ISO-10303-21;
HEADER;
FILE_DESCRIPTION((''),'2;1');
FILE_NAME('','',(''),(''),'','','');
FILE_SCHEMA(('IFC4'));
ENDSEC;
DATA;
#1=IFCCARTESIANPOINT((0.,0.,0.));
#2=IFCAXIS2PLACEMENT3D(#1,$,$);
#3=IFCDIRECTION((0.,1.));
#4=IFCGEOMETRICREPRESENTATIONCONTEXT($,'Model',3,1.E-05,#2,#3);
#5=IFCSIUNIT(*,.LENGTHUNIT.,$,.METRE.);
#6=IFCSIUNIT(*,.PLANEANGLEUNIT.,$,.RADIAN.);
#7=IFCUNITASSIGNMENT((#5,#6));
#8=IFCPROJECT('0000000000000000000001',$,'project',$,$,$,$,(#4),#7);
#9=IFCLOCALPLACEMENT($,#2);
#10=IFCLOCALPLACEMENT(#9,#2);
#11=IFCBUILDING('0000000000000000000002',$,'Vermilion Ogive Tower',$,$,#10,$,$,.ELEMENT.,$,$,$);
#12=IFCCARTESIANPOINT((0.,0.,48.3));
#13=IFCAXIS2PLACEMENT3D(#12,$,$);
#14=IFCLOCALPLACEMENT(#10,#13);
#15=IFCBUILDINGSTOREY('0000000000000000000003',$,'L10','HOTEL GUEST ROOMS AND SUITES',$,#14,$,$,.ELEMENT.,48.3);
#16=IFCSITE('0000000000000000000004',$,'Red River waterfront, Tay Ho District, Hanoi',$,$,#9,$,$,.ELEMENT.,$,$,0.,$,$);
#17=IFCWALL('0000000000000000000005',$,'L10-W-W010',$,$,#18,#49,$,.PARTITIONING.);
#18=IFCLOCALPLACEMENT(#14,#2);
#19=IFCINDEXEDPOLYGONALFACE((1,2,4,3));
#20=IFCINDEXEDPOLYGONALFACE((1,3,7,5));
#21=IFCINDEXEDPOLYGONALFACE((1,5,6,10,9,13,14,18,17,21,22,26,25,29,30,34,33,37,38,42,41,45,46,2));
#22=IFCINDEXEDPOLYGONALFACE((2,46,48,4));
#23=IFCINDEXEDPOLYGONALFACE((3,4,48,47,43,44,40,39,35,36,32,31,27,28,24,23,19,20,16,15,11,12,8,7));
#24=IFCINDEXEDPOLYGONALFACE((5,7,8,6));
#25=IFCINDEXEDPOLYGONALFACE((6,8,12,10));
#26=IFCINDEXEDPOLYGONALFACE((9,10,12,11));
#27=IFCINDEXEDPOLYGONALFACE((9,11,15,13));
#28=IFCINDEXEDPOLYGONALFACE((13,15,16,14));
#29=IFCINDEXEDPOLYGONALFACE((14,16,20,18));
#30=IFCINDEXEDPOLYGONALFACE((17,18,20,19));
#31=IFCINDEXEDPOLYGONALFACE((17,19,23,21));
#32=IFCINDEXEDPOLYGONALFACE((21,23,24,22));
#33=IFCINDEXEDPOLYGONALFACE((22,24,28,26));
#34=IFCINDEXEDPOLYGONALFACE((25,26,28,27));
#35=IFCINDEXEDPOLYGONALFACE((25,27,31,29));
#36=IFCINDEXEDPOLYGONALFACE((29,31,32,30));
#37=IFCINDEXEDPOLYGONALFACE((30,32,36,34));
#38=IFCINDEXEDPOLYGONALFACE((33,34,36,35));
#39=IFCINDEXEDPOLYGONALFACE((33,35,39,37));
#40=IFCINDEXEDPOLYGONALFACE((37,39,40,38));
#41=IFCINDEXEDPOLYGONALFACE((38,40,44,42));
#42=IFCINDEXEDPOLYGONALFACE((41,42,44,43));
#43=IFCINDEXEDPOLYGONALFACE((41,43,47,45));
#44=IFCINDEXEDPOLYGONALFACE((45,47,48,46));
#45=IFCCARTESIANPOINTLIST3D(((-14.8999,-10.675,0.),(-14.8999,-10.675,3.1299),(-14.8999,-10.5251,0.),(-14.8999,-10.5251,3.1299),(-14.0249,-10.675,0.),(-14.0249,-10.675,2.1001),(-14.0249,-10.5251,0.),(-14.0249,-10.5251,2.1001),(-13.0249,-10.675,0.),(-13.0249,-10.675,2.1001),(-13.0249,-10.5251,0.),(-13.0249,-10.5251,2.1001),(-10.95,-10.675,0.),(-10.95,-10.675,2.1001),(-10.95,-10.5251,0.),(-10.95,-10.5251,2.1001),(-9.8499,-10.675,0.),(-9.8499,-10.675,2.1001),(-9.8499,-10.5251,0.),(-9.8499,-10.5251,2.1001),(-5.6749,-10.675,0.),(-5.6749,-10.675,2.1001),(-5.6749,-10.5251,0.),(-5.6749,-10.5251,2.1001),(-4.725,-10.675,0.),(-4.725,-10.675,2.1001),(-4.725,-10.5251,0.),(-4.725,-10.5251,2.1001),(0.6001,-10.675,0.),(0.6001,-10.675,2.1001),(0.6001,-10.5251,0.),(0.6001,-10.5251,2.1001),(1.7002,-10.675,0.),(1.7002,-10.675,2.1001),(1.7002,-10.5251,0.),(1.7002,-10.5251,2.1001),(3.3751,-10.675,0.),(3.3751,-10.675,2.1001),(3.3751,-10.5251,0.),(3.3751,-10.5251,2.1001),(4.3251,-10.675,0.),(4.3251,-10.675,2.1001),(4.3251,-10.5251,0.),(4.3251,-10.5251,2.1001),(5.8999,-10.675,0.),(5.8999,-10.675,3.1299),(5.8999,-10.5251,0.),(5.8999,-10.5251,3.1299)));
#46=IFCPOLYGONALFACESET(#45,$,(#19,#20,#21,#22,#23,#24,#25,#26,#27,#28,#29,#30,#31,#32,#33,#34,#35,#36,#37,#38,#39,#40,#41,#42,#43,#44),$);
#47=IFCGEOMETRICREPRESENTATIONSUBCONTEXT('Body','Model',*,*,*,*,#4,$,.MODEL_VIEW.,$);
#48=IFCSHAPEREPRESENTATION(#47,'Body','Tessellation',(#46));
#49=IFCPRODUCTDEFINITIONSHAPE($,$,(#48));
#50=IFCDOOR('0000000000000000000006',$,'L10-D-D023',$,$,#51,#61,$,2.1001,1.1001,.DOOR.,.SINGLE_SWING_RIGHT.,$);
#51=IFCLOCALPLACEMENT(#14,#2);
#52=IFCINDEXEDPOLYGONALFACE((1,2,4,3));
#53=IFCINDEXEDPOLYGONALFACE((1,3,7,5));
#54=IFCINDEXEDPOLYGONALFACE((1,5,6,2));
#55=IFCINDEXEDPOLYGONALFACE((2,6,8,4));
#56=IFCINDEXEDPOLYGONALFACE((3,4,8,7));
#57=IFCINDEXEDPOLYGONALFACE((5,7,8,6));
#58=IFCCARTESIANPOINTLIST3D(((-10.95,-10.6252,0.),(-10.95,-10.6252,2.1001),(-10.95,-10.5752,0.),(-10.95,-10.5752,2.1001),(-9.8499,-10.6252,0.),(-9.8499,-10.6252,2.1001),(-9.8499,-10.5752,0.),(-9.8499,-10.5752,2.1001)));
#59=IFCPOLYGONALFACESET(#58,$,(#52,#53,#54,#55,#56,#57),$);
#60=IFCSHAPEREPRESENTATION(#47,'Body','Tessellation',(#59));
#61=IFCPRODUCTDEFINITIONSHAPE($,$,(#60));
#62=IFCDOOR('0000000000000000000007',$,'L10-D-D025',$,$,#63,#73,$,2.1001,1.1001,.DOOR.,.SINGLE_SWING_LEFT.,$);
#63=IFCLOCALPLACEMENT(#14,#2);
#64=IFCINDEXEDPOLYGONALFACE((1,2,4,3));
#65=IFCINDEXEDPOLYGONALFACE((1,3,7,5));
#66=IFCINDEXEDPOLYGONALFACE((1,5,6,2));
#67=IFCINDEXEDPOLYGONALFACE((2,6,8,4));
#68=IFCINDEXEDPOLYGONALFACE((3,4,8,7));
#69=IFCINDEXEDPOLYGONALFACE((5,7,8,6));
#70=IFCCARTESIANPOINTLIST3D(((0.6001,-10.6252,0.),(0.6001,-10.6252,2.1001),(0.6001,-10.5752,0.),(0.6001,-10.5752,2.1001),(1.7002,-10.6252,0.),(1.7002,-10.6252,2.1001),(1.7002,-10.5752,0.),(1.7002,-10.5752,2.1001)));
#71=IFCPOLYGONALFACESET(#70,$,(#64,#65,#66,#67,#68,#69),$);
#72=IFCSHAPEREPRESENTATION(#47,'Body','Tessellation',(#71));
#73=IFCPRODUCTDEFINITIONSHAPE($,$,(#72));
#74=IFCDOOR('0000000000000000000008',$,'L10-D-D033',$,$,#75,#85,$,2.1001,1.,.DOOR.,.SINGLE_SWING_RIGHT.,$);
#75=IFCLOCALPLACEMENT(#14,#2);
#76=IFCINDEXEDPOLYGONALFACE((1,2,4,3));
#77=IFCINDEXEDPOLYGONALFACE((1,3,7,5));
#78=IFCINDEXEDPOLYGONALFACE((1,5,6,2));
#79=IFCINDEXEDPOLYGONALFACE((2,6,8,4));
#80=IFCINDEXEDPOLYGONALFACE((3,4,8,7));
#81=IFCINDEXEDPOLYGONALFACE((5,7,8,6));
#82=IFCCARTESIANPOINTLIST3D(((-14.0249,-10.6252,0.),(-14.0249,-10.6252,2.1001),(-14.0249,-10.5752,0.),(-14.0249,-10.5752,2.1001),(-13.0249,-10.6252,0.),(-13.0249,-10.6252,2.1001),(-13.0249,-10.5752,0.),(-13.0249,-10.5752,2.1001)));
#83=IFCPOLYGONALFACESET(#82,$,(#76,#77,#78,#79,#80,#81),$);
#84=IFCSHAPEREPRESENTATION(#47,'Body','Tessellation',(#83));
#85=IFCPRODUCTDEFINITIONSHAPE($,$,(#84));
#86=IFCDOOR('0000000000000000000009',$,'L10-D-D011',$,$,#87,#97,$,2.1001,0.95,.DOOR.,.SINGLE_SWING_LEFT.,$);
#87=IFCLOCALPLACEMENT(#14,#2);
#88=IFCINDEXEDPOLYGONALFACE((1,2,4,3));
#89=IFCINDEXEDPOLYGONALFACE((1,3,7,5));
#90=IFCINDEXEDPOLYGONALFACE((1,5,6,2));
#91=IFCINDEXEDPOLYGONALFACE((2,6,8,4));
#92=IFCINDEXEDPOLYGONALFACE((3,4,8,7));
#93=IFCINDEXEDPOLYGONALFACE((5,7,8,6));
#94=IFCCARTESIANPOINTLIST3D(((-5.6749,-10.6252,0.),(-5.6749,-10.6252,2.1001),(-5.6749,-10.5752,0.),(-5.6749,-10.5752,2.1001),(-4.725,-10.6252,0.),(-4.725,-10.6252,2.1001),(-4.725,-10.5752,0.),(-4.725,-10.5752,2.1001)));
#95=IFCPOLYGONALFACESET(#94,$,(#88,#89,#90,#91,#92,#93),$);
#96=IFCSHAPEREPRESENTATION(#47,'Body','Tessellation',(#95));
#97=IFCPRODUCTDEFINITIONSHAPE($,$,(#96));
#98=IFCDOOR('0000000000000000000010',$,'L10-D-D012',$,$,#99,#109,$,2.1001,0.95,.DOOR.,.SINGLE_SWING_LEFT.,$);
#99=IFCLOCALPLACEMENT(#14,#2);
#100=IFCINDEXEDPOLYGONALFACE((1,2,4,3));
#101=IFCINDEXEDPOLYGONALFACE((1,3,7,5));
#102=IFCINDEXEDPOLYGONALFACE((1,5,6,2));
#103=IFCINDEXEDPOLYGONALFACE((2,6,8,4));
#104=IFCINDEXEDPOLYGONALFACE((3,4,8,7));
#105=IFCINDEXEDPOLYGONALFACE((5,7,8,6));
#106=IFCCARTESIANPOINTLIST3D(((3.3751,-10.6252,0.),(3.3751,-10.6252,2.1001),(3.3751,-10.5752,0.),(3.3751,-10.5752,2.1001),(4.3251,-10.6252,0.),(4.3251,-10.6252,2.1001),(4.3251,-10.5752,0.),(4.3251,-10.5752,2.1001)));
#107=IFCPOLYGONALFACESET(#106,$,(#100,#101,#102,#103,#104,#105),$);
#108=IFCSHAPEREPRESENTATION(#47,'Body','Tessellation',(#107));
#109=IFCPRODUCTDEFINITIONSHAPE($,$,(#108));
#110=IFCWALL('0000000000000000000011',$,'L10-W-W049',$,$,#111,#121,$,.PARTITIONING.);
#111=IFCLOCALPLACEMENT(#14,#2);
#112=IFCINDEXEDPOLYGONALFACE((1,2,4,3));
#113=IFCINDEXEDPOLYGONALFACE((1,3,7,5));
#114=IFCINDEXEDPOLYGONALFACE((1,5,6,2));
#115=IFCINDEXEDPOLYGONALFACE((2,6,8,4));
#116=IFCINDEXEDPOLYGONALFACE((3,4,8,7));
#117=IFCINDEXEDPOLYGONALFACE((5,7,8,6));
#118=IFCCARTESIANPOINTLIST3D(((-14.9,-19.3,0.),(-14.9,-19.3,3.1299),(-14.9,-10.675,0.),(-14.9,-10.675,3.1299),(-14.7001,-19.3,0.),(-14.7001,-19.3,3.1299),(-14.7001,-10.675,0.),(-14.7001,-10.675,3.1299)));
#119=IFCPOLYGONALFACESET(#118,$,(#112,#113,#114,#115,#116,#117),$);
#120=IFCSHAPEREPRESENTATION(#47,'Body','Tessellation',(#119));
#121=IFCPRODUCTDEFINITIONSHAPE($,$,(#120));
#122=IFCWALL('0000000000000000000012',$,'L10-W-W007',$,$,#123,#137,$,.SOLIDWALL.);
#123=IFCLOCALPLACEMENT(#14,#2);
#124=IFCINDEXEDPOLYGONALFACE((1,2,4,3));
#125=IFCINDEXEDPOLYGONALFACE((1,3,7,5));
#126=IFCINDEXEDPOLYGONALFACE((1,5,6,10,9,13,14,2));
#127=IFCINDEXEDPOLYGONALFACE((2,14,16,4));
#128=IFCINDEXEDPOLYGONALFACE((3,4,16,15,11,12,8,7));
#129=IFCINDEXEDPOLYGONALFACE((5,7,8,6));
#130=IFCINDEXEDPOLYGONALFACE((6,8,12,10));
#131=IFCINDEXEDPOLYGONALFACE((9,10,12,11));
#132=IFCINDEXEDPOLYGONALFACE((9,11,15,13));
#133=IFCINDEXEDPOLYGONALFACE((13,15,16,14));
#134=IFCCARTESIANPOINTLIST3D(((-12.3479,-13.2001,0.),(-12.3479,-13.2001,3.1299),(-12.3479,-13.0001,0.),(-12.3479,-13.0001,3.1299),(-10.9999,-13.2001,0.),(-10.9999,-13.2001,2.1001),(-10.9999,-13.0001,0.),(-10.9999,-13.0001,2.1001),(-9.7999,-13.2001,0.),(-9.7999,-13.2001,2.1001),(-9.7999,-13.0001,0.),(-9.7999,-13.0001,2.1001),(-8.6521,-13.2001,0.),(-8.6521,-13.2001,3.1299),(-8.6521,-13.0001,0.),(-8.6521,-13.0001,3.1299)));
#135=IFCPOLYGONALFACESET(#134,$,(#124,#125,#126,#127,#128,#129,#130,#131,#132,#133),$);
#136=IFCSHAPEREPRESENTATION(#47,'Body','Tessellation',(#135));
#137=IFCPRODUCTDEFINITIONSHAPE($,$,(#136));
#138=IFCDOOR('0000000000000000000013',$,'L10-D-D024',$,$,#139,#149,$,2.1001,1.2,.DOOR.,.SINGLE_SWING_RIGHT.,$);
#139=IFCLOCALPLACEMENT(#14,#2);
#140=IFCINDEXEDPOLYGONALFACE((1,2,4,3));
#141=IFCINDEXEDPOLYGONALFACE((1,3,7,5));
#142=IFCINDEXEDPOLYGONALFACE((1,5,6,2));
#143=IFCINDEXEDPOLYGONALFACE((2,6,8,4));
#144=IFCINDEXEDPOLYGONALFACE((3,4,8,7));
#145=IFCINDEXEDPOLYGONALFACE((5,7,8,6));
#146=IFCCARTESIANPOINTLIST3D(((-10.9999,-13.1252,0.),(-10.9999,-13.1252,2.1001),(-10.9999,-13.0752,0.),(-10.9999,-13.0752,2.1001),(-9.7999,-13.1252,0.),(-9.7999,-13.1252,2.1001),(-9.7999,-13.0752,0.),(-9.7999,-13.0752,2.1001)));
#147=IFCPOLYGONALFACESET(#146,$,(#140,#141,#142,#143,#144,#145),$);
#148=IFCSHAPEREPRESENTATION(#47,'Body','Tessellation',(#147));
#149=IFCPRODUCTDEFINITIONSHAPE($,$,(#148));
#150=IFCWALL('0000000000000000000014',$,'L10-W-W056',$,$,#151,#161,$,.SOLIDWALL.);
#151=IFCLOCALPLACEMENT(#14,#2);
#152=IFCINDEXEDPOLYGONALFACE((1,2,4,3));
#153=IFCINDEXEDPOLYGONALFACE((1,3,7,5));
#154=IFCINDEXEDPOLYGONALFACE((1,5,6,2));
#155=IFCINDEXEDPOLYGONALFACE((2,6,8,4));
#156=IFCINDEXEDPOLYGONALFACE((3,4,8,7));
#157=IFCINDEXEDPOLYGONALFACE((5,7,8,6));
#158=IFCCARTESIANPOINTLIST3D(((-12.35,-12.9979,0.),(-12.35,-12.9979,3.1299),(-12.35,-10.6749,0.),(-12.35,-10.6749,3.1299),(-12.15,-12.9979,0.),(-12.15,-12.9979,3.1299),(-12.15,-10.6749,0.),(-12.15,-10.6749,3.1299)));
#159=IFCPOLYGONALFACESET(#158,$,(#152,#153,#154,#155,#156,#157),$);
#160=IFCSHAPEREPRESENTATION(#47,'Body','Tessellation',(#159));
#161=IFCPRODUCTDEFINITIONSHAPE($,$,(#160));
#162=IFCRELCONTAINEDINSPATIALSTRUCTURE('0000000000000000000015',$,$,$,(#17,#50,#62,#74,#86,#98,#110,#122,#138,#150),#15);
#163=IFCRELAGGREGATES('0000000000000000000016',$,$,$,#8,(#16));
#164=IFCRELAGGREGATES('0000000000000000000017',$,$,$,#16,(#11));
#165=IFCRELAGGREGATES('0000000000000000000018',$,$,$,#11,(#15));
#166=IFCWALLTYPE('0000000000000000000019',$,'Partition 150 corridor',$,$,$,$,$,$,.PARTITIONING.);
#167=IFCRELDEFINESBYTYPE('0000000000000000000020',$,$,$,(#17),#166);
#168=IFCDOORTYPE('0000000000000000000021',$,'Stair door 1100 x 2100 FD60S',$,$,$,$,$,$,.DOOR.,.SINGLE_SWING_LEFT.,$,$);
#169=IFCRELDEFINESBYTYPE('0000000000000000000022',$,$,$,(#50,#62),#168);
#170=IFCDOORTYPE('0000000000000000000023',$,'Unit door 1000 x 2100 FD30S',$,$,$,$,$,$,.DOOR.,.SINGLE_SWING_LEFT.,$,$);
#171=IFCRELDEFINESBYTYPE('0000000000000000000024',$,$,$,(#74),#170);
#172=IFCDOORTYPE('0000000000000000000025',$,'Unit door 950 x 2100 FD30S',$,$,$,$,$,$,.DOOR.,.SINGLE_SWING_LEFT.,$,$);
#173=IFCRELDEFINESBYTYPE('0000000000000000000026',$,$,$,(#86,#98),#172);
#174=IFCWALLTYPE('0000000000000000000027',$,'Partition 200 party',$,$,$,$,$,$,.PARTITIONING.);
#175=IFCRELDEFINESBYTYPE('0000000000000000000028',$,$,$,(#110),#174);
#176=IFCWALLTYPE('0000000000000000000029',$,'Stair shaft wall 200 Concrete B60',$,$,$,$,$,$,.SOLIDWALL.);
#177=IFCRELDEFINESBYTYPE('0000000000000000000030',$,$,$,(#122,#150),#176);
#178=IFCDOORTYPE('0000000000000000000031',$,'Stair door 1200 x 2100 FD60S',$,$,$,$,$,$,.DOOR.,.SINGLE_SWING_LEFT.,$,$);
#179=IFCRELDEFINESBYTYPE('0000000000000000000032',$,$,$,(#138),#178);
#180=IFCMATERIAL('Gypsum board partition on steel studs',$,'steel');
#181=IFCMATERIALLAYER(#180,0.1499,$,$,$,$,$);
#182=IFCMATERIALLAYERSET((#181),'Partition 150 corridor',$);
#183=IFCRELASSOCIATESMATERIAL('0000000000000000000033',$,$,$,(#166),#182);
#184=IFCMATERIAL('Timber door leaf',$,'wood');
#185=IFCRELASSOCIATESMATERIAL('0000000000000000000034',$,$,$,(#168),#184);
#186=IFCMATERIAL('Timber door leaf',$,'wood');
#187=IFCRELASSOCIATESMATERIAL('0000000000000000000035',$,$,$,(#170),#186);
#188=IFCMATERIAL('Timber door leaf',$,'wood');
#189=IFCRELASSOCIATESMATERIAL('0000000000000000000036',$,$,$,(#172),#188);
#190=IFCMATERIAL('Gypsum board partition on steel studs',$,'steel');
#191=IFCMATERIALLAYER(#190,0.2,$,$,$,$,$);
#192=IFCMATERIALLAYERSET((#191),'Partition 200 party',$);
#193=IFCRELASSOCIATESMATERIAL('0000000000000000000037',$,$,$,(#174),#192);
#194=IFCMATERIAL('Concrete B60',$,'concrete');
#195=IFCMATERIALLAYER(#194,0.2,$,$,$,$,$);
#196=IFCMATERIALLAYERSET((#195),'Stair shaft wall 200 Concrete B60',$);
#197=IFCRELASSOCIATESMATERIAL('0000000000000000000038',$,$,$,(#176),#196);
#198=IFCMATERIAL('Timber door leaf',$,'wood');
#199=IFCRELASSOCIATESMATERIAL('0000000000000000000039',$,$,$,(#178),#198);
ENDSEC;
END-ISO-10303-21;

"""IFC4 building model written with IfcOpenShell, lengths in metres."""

from ifc_helpers import new_model, si_unit, direction, frame, frame_2d, origin, place, context, subcontext, project, spatial, rectangle, extrude, material, layer, layer_set, type_object, element, fill, save


model = new_model("IFC4")

# Units and contexts
model_context = context("Model", 3, precision=1e-05, world=origin(), true_north=direction((0.0, 1.0)))
body_context = subcontext(model_context, "Body", "Model", "MODEL_VIEW")
ifc_project = project(units=[si_unit("LENGTHUNIT", "METRE"), si_unit("PLANEANGLEUNIT", "RADIAN")], contexts=[model_context])

# Site, building, storey
site_placement = place(None, origin())
site = spatial("IfcSite", under=ifc_project, at=site_placement, Name="Red River waterfront, Tay Ho District, Hanoi", CompositionType="ELEMENT", RefElevation=0.0)
building_placement = place(site_placement, origin())
building = spatial("IfcBuilding", under=site, at=building_placement, Name="Vermilion Ogive Tower", CompositionType="ELEMENT")
storey_placement = place(building_placement, frame((0.0, 0.0, 48.3)))
storey = spatial("IfcBuildingStorey", under=building, at=storey_placement, Name="L10", Description="HOTEL GUEST ROOMS AND SUITES", CompositionType="ELEMENT", Elevation=48.3)

# Wall, openings, doors
ifc_material_1 = material(Name="Gypsum board partition on steel studs", Category="steel")
ifc_layer_1 = layer(ifc_material_1, 0.1499)
ifc_layer_set_1 = layer_set([ifc_layer_1], Name="Partition 150 corridor")
wall_type_1 = type_object("IfcWallType", Name="Partition 150 corridor", PredefinedType="PARTITIONING", material=ifc_layer_set_1)
wall_1_placement = place(storey_placement, frame((-14.8999, -10.6001, 0.0), z_axis=(0.0, 0.0, 1.0), x_axis=(1.0, 0.0, 0.0)))
wall_1 = element("IfcWall", 1, at=wall_1_placement, inside=storey, type_object=wall_type_1, Name="L10-W-W010", PredefinedType="PARTITIONING", context=body_context, shape_type="SweptSolid", body=[
    extrude(rectangle(XDim=20.7998, YDim=0.1499, at=frame_2d((10.3999, 0.0))), origin(), (0.0, 0.0, 1.0), 3.1299),
])
opening_1_placement = place(wall_1_placement, frame((9.2249, 0.0, 0.0)))
opening_1 = element("IfcOpeningElement", 2, at=opening_1_placement, cuts=wall_1, PredefinedType="OPENING", context=body_context, shape_type="SweptSolid", body=[
    extrude(rectangle(XDim=0.95, YDim=2.1001, at=frame_2d((0.4751, 1.05))), frame((0.0, 0.085, 0.0), z_axis=(0.0, -1.0, 0.0), x_axis=(1.0, 0.0, 0.0)), (0.0, 0.0, 1.0), 0.1699),
])
opening_2_placement = place(wall_1_placement, frame((18.2749, 0.0, 0.0)))
opening_2 = element("IfcOpeningElement", 3, at=opening_2_placement, cuts=wall_1, PredefinedType="OPENING", context=body_context, shape_type="SweptSolid", body=[
    extrude(rectangle(XDim=0.95, YDim=2.1001, at=frame_2d((0.4751, 1.05))), frame((0.0, 0.085, 0.0), z_axis=(0.0, -1.0, 0.0), x_axis=(1.0, 0.0, 0.0)), (0.0, 0.0, 1.0), 0.1699),
])
opening_3_placement = place(wall_1_placement, frame((3.95, 0.0, 0.0)))
opening_3 = element("IfcOpeningElement", 4, at=opening_3_placement, cuts=wall_1, PredefinedType="OPENING", context=body_context, shape_type="SweptSolid", body=[
    extrude(rectangle(XDim=1.1001, YDim=2.1001, at=frame_2d((0.55, 1.05))), frame((0.0, 0.085, 0.0), z_axis=(0.0, -1.0, 0.0), x_axis=(1.0, 0.0, 0.0)), (0.0, 0.0, 1.0), 0.1699),
])
opening_4_placement = place(wall_1_placement, frame((15.5, 0.0, 0.0)))
opening_4 = element("IfcOpeningElement", 5, at=opening_4_placement, cuts=wall_1, PredefinedType="OPENING", context=body_context, shape_type="SweptSolid", body=[
    extrude(rectangle(XDim=1.1001, YDim=2.1001, at=frame_2d((0.55, 1.05))), frame((0.0, 0.085, 0.0), z_axis=(0.0, -1.0, 0.0), x_axis=(1.0, 0.0, 0.0)), (0.0, 0.0, 1.0), 0.1699),
])
opening_5_placement = place(wall_1_placement, frame((0.875, 0.0, 0.0)))
opening_5 = element("IfcOpeningElement", 6, at=opening_5_placement, cuts=wall_1, PredefinedType="OPENING", context=body_context, shape_type="SweptSolid", body=[
    extrude(rectangle(XDim=1.0, YDim=2.1001, at=frame_2d((0.5, 1.05))), frame((0.0, 0.085, 0.0), z_axis=(0.0, -1.0, 0.0), x_axis=(1.0, 0.0, 0.0)), (0.0, 0.0, 1.0), 0.1699),
])
ifc_material_2 = material(Name="Timber door leaf", Category="wood")
door_type_1 = type_object("IfcDoorType", Name="Stair door 1100 x 2100 FD60S", OperationType="SINGLE_SWING_LEFT", PredefinedType="DOOR", material=ifc_material_2)
door_1_placement = place(opening_3_placement, origin())
door_1 = element("IfcDoor", 7, at=door_1_placement, inside=storey, type_object=door_type_1, Name="L10-D-D023", OperationType="SINGLE_SWING_RIGHT", OverallHeight=2.1001, OverallWidth=1.1001, PredefinedType="DOOR", context=body_context, shape_type="SweptSolid", body=[
    extrude(rectangle(XDim=1.1001, YDim=2.1001, at=frame_2d((0.55, 1.05))), frame((0.0, 0.0249, 0.0), z_axis=(0.0, -1.0, 0.0), x_axis=(1.0, 0.0, 0.0)), (0.0, 0.0, 1.0), 0.05),
])
fill(opening_3, door_1)
door_2_placement = place(opening_4_placement, origin())
door_2 = element("IfcDoor", 8, at=door_2_placement, inside=storey, type_object=door_type_1, Name="L10-D-D025", OperationType="SINGLE_SWING_LEFT", OverallHeight=2.1001, OverallWidth=1.1001, PredefinedType="DOOR", context=body_context, shape_type="SweptSolid", body=[
    extrude(rectangle(XDim=1.1001, YDim=2.1001, at=frame_2d((0.55, 1.05))), frame((0.0, 0.0249, 0.0), z_axis=(0.0, -1.0, 0.0), x_axis=(1.0, 0.0, 0.0)), (0.0, 0.0, 1.0), 0.05),
])
fill(opening_4, door_2)
ifc_material_3 = material(Name="Timber door leaf", Category="wood")
door_type_2 = type_object("IfcDoorType", Name="Unit door 1000 x 2100 FD30S", OperationType="SINGLE_SWING_LEFT", PredefinedType="DOOR", material=ifc_material_3)
door_3_placement = place(opening_5_placement, origin())
door_3 = element("IfcDoor", 9, at=door_3_placement, inside=storey, type_object=door_type_2, Name="L10-D-D033", OperationType="SINGLE_SWING_RIGHT", OverallHeight=2.1001, OverallWidth=1.0, PredefinedType="DOOR", context=body_context, shape_type="SweptSolid", body=[
    extrude(rectangle(XDim=1.0, YDim=2.1001, at=frame_2d((0.5, 1.05))), frame((0.0, 0.0249, 0.0), z_axis=(0.0, -1.0, 0.0), x_axis=(1.0, 0.0, 0.0)), (0.0, 0.0, 1.0), 0.05),
])
fill(opening_5, door_3)
ifc_material_4 = material(Name="Timber door leaf", Category="wood")
door_type_3 = type_object("IfcDoorType", Name="Unit door 950 x 2100 FD30S", OperationType="SINGLE_SWING_LEFT", PredefinedType="DOOR", material=ifc_material_4)
door_4_placement = place(opening_1_placement, origin())
door_4 = element("IfcDoor", 10, at=door_4_placement, inside=storey, type_object=door_type_3, Name="L10-D-D011", OperationType="SINGLE_SWING_LEFT", OverallHeight=2.1001, OverallWidth=0.95, PredefinedType="DOOR", context=body_context, shape_type="SweptSolid", body=[
    extrude(rectangle(XDim=0.95, YDim=2.1001, at=frame_2d((0.4751, 1.05))), frame((0.0, 0.0249, 0.0), z_axis=(0.0, -1.0, 0.0), x_axis=(1.0, 0.0, 0.0)), (0.0, 0.0, 1.0), 0.05),
])
fill(opening_1, door_4)
door_5_placement = place(opening_2_placement, origin())
door_5 = element("IfcDoor", 11, at=door_5_placement, inside=storey, type_object=door_type_3, Name="L10-D-D012", OperationType="SINGLE_SWING_LEFT", OverallHeight=2.1001, OverallWidth=0.95, PredefinedType="DOOR", context=body_context, shape_type="SweptSolid", body=[
    extrude(rectangle(XDim=0.95, YDim=2.1001, at=frame_2d((0.4751, 1.05))), frame((0.0, 0.0249, 0.0), z_axis=(0.0, -1.0, 0.0), x_axis=(1.0, 0.0, 0.0)), (0.0, 0.0, 1.0), 0.05),
])
fill(opening_2, door_5)

# Wall
ifc_material_5 = material(Name="Gypsum board partition on steel studs", Category="steel")
ifc_layer_2 = layer(ifc_material_5, 0.2)
ifc_layer_set_2 = layer_set([ifc_layer_2], Name="Partition 200 party")
wall_type_2 = type_object("IfcWallType", Name="Partition 200 party", PredefinedType="PARTITIONING", material=ifc_layer_set_2)
wall_2_placement = place(storey_placement, frame((-14.8, -19.3, 0.0), z_axis=(0.0, 0.0, 1.0), x_axis=(0.0, 1.0, 0.0)))
element("IfcWall", 12, at=wall_2_placement, inside=storey, type_object=wall_type_2, Name="L10-W-W049", PredefinedType="PARTITIONING", context=body_context, shape_type="SweptSolid", body=[
    extrude(rectangle(XDim=8.625, YDim=0.2, at=frame_2d((4.3125, 0.0))), origin(), (0.0, 0.0, 1.0), 3.1299),
])

# Wall, opening, door
ifc_material_6 = material(Name="Concrete B60", Category="concrete")
ifc_layer_3 = layer(ifc_material_6, 0.2)
ifc_layer_set_3 = layer_set([ifc_layer_3], Name="Stair shaft wall 200 Concrete B60")
wall_type_3 = type_object("IfcWallType", Name="Stair shaft wall 200 Concrete B60", PredefinedType="SOLIDWALL", material=ifc_layer_set_3)
wall_3_placement = place(storey_placement, frame((-12.3479, -13.1001, 0.0), z_axis=(0.0, 0.0, 1.0), x_axis=(1.0, 0.0, 0.0)))
wall_3 = element("IfcWall", 13, at=wall_3_placement, inside=storey, type_object=wall_type_3, Name="L10-W-W007", PredefinedType="SOLIDWALL", context=body_context, shape_type="SweptSolid", body=[
    extrude(rectangle(XDim=3.6958, YDim=0.2, at=frame_2d((1.8479, 0.0))), origin(), (0.0, 0.0, 1.0), 3.1299),
])
opening_6_placement = place(wall_3_placement, frame((1.3479, 0.0, 0.0)))
opening_6 = element("IfcOpeningElement", 14, at=opening_6_placement, cuts=wall_3, PredefinedType="OPENING", context=body_context, shape_type="SweptSolid", body=[
    extrude(rectangle(XDim=1.2, YDim=2.1001, at=frame_2d((0.6001, 1.05))), frame((0.0, 0.1099, 0.0), z_axis=(0.0, -1.0, 0.0), x_axis=(1.0, 0.0, 0.0)), (0.0, 0.0, 1.0), 0.22),
])
ifc_material_7 = material(Name="Timber door leaf", Category="wood")
door_type_4 = type_object("IfcDoorType", Name="Stair door 1200 x 2100 FD60S", OperationType="SINGLE_SWING_LEFT", PredefinedType="DOOR", material=ifc_material_7)
door_6_placement = place(opening_6_placement, origin())
door_6 = element("IfcDoor", 15, at=door_6_placement, inside=storey, type_object=door_type_4, Name="L10-D-D024", OperationType="SINGLE_SWING_RIGHT", OverallHeight=2.1001, OverallWidth=1.2, PredefinedType="DOOR", context=body_context, shape_type="SweptSolid", body=[
    extrude(rectangle(XDim=1.2, YDim=2.1001, at=frame_2d((0.6001, 1.05))), frame((0.0, 0.0249, 0.0), z_axis=(0.0, -1.0, 0.0), x_axis=(1.0, 0.0, 0.0)), (0.0, 0.0, 1.0), 0.05),
])
fill(opening_6, door_6)

# Wall
wall_4_placement = place(storey_placement, frame((-12.25, -12.998, 0.0), z_axis=(0.0, 0.0, 1.0), x_axis=(0.0, 1.0, 0.0)))
element("IfcWall", 16, at=wall_4_placement, inside=storey, type_object=wall_type_3, Name="L10-W-W056", PredefinedType="SOLIDWALL", context=body_context, shape_type="SweptSolid", body=[
    extrude(rectangle(XDim=2.323, YDim=0.2, at=frame_2d((1.1616, 0.0))), origin(), (0.0, 0.0, 1.0), 3.1299),
])

save(model, "model.ifc")
